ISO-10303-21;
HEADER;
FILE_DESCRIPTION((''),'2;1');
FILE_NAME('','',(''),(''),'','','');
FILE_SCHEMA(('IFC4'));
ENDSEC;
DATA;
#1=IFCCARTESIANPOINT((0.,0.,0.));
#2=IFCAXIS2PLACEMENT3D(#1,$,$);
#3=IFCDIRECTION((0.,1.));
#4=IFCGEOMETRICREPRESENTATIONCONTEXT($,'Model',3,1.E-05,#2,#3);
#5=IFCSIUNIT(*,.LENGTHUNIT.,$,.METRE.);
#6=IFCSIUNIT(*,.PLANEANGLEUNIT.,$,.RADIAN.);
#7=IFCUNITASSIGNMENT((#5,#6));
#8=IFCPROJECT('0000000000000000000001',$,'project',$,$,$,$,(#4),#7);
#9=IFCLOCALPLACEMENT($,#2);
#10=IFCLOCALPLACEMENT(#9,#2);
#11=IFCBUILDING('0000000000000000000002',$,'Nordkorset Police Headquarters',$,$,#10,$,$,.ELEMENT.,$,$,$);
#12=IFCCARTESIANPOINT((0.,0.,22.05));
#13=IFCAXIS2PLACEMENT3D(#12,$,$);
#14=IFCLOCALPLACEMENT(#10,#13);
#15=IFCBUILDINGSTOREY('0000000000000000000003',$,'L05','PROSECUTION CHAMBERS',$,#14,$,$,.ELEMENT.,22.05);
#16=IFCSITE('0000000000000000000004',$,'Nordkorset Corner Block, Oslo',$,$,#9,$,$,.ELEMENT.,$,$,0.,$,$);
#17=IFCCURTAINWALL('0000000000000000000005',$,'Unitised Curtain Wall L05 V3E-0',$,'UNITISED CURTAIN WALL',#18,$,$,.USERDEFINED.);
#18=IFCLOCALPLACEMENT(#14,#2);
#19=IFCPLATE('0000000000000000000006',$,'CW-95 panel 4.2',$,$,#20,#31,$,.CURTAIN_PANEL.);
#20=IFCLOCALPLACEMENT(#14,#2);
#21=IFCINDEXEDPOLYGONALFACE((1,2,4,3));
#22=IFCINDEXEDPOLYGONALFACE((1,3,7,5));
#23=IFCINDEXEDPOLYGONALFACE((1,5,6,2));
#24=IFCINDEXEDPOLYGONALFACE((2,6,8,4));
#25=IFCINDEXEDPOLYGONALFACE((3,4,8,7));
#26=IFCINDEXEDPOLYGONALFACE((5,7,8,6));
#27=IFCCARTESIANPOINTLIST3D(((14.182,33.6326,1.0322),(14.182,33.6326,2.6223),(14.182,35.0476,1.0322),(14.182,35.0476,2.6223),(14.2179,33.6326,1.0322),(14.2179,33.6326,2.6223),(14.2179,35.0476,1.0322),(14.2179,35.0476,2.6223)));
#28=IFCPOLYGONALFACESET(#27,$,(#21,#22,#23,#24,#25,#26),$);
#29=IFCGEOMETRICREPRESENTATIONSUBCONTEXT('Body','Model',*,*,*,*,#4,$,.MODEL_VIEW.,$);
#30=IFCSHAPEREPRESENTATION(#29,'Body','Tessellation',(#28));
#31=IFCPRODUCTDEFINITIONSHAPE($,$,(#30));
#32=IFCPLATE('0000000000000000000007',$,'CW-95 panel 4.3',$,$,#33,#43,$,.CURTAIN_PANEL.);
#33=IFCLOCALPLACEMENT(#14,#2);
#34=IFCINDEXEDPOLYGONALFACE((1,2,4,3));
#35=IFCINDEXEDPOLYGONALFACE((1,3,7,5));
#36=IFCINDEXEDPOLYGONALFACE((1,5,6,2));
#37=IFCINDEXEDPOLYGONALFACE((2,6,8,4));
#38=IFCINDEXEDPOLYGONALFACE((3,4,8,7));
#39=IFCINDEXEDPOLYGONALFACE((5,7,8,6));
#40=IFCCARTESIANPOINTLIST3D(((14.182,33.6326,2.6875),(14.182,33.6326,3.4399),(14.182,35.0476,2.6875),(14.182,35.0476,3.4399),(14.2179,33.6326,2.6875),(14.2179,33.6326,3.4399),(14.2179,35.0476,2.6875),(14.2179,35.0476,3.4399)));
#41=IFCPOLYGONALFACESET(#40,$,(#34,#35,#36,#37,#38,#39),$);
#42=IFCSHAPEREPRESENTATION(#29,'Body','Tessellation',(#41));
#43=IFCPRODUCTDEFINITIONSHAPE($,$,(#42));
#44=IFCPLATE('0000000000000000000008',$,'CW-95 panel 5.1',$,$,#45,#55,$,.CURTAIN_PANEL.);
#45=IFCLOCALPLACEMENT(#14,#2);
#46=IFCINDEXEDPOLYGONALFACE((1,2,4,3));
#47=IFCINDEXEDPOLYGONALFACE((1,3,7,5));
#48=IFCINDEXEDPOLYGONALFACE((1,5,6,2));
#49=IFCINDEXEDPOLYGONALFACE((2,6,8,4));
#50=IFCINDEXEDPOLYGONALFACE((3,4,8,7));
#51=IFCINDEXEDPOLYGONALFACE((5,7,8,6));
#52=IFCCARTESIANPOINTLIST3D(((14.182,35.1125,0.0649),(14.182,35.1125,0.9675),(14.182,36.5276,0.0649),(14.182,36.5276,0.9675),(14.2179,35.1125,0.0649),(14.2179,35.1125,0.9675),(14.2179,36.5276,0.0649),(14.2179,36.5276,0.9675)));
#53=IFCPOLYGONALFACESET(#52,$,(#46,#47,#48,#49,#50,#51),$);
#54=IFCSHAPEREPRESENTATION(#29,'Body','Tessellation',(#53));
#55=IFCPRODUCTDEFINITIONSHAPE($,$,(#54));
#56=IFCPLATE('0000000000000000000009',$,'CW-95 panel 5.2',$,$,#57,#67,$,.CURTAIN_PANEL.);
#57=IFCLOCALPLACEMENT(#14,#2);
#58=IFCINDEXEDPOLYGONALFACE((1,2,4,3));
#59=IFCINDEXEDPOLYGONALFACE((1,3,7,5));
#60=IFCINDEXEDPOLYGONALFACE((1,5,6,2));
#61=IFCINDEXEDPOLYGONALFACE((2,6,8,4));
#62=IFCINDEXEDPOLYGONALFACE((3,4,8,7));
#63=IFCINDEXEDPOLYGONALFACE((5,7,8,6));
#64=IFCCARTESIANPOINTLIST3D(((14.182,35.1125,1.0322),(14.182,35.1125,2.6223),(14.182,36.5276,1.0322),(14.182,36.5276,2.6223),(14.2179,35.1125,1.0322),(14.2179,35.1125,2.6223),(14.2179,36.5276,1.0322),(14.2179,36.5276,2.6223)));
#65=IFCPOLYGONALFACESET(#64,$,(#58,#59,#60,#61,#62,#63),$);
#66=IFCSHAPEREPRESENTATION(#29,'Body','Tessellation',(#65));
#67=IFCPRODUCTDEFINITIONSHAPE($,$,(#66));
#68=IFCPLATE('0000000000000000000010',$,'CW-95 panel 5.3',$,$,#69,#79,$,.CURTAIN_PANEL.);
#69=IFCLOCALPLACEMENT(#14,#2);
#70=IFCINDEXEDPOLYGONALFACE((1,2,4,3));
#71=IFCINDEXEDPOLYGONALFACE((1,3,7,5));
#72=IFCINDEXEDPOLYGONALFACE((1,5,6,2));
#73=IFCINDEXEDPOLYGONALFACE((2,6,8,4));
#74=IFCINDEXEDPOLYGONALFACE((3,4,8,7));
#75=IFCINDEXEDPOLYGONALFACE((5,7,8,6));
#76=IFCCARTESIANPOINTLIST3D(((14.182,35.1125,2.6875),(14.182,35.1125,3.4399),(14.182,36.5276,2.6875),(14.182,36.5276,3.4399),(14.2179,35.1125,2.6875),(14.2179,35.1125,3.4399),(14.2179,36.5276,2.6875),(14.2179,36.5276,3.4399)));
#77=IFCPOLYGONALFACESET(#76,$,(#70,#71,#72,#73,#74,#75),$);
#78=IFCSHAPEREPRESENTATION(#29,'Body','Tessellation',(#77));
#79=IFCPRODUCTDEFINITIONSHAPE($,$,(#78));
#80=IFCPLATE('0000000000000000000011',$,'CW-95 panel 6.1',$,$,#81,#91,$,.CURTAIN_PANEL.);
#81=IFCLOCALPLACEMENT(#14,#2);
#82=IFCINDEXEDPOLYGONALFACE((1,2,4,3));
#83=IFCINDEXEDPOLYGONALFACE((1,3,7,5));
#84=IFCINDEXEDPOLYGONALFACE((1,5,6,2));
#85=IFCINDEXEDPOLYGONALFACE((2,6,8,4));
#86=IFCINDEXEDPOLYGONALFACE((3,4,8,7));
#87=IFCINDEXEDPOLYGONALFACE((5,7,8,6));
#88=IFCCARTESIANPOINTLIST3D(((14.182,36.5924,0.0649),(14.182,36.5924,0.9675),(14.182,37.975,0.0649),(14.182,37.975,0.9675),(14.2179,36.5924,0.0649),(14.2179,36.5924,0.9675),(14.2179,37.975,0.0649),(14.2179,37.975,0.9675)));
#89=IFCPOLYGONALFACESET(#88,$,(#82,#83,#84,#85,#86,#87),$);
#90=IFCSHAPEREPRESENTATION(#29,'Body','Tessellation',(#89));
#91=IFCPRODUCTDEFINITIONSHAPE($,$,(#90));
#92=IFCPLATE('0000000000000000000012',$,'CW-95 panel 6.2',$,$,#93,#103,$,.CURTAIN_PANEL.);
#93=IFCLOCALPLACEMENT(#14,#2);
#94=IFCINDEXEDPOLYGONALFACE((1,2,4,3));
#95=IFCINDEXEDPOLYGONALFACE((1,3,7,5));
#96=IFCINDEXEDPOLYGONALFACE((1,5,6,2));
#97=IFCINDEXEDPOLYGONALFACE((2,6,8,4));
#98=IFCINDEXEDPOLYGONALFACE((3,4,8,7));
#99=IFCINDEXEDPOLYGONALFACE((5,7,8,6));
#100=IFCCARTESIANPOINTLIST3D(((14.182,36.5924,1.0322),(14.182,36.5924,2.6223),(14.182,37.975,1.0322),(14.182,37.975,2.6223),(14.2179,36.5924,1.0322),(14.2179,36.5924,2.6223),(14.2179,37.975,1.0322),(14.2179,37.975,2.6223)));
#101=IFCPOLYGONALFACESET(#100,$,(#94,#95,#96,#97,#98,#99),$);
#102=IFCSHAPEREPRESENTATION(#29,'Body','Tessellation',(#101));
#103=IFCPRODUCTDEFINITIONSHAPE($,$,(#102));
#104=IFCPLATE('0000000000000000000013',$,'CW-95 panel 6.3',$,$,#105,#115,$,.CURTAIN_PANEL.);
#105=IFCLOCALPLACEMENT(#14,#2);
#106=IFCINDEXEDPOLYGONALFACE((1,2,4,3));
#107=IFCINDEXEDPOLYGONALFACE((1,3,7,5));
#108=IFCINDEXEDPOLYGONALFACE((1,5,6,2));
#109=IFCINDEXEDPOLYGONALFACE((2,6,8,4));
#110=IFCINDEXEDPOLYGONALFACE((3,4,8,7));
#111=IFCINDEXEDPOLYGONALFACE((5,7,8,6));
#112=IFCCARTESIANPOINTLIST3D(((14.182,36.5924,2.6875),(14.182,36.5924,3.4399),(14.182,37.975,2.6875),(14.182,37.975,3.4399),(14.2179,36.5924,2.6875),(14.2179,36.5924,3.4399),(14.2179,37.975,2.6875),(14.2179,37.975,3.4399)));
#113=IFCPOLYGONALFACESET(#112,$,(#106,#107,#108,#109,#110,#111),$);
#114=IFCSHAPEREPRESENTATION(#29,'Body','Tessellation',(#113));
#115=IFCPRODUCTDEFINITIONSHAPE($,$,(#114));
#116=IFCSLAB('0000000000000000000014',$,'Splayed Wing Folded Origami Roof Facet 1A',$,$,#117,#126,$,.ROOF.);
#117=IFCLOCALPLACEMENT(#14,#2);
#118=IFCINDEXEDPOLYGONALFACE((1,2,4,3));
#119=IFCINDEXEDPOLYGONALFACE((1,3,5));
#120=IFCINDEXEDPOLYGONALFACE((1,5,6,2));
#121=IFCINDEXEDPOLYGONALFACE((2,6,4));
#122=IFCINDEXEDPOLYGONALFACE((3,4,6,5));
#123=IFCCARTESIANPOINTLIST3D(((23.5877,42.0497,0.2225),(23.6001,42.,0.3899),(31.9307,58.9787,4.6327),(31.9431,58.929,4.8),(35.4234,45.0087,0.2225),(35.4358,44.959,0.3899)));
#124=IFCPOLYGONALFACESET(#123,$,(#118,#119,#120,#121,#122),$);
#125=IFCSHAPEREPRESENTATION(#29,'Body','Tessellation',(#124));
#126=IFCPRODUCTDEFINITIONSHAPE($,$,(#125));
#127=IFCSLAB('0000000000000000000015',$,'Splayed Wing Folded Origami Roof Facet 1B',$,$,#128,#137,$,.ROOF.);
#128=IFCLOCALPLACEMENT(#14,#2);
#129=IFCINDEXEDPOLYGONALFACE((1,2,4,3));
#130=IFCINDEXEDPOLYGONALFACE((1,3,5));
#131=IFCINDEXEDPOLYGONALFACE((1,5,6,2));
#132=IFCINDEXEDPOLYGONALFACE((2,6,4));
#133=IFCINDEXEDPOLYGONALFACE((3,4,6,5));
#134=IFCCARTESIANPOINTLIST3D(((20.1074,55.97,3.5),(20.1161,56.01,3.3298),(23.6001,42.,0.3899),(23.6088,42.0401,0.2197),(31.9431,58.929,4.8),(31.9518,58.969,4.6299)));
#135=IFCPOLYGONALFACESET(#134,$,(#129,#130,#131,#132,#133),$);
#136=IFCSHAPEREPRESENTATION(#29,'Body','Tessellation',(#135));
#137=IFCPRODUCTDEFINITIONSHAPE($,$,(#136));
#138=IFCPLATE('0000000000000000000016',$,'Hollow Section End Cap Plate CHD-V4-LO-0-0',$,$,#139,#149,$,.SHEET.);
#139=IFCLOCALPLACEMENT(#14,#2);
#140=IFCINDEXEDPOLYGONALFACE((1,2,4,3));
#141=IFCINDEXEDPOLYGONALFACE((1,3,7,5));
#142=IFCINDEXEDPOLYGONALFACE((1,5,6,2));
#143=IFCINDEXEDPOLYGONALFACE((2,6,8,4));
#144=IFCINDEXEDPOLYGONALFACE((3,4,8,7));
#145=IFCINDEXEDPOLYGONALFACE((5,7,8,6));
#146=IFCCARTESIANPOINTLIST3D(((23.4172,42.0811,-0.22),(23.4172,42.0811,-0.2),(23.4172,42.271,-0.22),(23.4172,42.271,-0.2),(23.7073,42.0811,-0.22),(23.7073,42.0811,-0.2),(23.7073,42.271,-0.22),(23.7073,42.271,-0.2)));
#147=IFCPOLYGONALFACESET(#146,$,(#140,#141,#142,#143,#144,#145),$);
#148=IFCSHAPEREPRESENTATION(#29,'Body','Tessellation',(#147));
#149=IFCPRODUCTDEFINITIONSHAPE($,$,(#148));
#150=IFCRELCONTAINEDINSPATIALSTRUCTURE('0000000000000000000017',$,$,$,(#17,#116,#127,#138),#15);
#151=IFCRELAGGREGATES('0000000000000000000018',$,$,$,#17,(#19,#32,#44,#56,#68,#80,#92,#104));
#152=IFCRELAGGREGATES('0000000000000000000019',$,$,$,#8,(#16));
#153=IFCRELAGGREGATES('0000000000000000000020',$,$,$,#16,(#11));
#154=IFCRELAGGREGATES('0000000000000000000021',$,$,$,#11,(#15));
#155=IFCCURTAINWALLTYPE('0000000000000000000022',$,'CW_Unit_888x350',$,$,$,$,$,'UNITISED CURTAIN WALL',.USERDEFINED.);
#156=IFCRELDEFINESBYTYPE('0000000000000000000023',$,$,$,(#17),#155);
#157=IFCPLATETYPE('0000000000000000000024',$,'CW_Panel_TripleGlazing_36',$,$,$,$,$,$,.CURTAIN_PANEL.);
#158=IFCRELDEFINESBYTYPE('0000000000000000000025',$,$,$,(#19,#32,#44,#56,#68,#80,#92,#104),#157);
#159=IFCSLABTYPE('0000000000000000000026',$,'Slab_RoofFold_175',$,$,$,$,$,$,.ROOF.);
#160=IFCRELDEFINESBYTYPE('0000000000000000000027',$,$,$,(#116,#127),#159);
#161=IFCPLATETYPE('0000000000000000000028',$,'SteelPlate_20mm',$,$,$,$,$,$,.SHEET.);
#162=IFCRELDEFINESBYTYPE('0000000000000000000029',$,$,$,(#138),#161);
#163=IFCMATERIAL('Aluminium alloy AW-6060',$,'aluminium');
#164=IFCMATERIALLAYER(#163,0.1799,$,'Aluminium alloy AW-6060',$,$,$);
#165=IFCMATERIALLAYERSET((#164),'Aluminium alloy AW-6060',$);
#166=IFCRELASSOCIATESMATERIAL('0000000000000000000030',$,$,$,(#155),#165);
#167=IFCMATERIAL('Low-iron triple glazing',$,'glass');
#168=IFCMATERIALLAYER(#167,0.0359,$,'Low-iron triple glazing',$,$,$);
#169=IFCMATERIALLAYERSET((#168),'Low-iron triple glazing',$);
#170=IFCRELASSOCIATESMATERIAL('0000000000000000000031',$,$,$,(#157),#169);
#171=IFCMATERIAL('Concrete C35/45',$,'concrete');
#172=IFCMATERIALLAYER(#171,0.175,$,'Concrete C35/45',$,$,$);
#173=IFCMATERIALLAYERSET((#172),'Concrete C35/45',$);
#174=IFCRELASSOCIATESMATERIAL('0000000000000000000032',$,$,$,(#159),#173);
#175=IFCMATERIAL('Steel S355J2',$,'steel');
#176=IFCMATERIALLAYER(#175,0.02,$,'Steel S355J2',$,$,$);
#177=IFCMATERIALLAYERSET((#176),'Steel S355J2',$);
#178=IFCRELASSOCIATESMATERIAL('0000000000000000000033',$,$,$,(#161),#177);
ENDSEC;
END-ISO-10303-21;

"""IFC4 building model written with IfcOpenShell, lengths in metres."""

from ifc_helpers import new_model, si_unit, direction, frame, origin, origin_2d, place, context, subcontext, project, spatial, polyline, rectangle, outline, extrude, material, layer, layer_set, type_object, element, aggregate, save


model = new_model("IFC4")

# Units and contexts
model_context = context("Model", 3, precision=1e-05, world=origin(), true_north=direction((0.0, 1.0)))
body_context = subcontext(model_context, "Body", "Model", "MODEL_VIEW")
ifc_project = project(units=[si_unit("LENGTHUNIT", "METRE"), si_unit("PLANEANGLEUNIT", "RADIAN")], contexts=[model_context])

# Site, building, storey
site_placement = place(None, origin())
site = spatial("IfcSite", under=ifc_project, at=site_placement, Name="Nordkorset Corner Block, Oslo", CompositionType="ELEMENT", RefElevation=0.0)
building_placement = place(site_placement, origin())
building = spatial("IfcBuilding", under=site, at=building_placement, Name="Nordkorset Police Headquarters", CompositionType="ELEMENT")
storey_placement = place(building_placement, frame((0.0, 0.0, 22.05)))
storey = spatial("IfcBuildingStorey", under=building, at=storey_placement, Name="L05", Description="PROSECUTION CHAMBERS", CompositionType="ELEMENT", Elevation=22.05)

# Curtain wall
ifc_material_1 = material(Name="Aluminium alloy AW-6060", Category="aluminium")
ifc_layer_1 = layer(ifc_material_1, 0.1799, Name="Aluminium alloy AW-6060")
ifc_layer_set_1 = layer_set([ifc_layer_1], Name="Aluminium alloy AW-6060")
curtain_wall_type = type_object("IfcCurtainWallType", Name="CW_Unit_888x350", ElementType="UNITISED CURTAIN WALL", PredefinedType="USERDEFINED", material=ifc_layer_set_1)
curtain_wall_placement = place(storey_placement, origin())
curtain_wall = element("IfcCurtainWall", 1, at=curtain_wall_placement, inside=storey, type_object=curtain_wall_type, Name="Unitised Curtain Wall L05 V3E-0", ObjectType="UNITISED CURTAIN WALL", PredefinedType="USERDEFINED")

# Plates
ifc_material_2 = material(Name="Low-iron triple glazing", Category="glass")
ifc_layer_2 = layer(ifc_material_2, 0.0359, Name="Low-iron triple glazing")
ifc_layer_set_2 = layer_set([ifc_layer_2], Name="Low-iron triple glazing")
plate_type_1 = type_object("IfcPlateType", Name="CW_Panel_TripleGlazing_36", PredefinedType="CURTAIN_PANEL", material=ifc_layer_set_2)
plate_1_placement = place(storey_placement, frame((14.2, 34.3401, 1.0322), z_axis=(0.0, 0.0, 1.0), x_axis=(0.0, 1.0, 0.0)))
plate_1 = element("IfcPlate", 2, at=plate_1_placement, type_object=plate_type_1, Name="CW-95 panel 4.2", PredefinedType="CURTAIN_PANEL", context=body_context, shape_type="SweptSolid", body=[
    extrude(rectangle(XDim=1.415, YDim=0.0359, at=origin_2d()), origin(), (0.0, 0.0, 1.0), 1.5901),
])
plate_2_placement = place(storey_placement, frame((14.2, 34.3401, 2.6875), z_axis=(0.0, 0.0, 1.0), x_axis=(0.0, 1.0, 0.0)))
plate_2 = element("IfcPlate", 3, at=plate_2_placement, type_object=plate_type_1, Name="CW-95 panel 4.3", PredefinedType="CURTAIN_PANEL", context=body_context, shape_type="SweptSolid", body=[
    extrude(rectangle(XDim=1.415, YDim=0.0359, at=origin_2d()), origin(), (0.0, 0.0, 1.0), 0.7524),
])
plate_3_placement = place(storey_placement, frame((14.2, 35.8201, 0.0649), z_axis=(0.0, 0.0, 1.0), x_axis=(0.0, 1.0, 0.0)))
plate_3 = element("IfcPlate", 4, at=plate_3_placement, type_object=plate_type_1, Name="CW-95 panel 5.1", PredefinedType="CURTAIN_PANEL", context=body_context, shape_type="SweptSolid", body=[
    extrude(rectangle(XDim=1.415, YDim=0.0359, at=origin_2d()), origin(), (0.0, 0.0, 1.0), 0.9026),
])
plate_4_placement = place(storey_placement, frame((14.2, 35.8201, 1.0322), z_axis=(0.0, 0.0, 1.0), x_axis=(0.0, 1.0, 0.0)))
plate_4 = element("IfcPlate", 5, at=plate_4_placement, type_object=plate_type_1, Name="CW-95 panel 5.2", PredefinedType="CURTAIN_PANEL", context=body_context, shape_type="SweptSolid", body=[
    extrude(rectangle(XDim=1.415, YDim=0.0359, at=origin_2d()), origin(), (0.0, 0.0, 1.0), 1.5901),
])
plate_5_placement = place(storey_placement, frame((14.2, 35.8201, 2.6875), z_axis=(0.0, 0.0, 1.0), x_axis=(0.0, 1.0, 0.0)))
plate_5 = element("IfcPlate", 6, at=plate_5_placement, type_object=plate_type_1, Name="CW-95 panel 5.3", PredefinedType="CURTAIN_PANEL", context=body_context, shape_type="SweptSolid", body=[
    extrude(rectangle(XDim=1.415, YDim=0.0359, at=origin_2d()), origin(), (0.0, 0.0, 1.0), 0.7524),
])
plate_6_placement = place(storey_placement, frame((14.2, 37.2837, 0.0649), z_axis=(0.0, 0.0, 1.0), x_axis=(0.0, 1.0, 0.0)))
plate_6 = element("IfcPlate", 7, at=plate_6_placement, type_object=plate_type_1, Name="CW-95 panel 6.1", PredefinedType="CURTAIN_PANEL", context=body_context, shape_type="SweptSolid", body=[
    extrude(rectangle(XDim=1.3826, YDim=0.0359, at=origin_2d()), origin(), (0.0, 0.0, 1.0), 0.9026),
])
plate_7_placement = place(storey_placement, frame((14.2, 37.2837, 1.0322), z_axis=(0.0, 0.0, 1.0), x_axis=(0.0, 1.0, 0.0)))
plate_7 = element("IfcPlate", 8, at=plate_7_placement, type_object=plate_type_1, Name="CW-95 panel 6.2", PredefinedType="CURTAIN_PANEL", context=body_context, shape_type="SweptSolid", body=[
    extrude(rectangle(XDim=1.3826, YDim=0.0359, at=origin_2d()), origin(), (0.0, 0.0, 1.0), 1.5901),
])
plate_8_placement = place(storey_placement, frame((14.2, 37.2837, 2.6875), z_axis=(0.0, 0.0, 1.0), x_axis=(0.0, 1.0, 0.0)))
plate_8 = element("IfcPlate", 9, at=plate_8_placement, type_object=plate_type_1, Name="CW-95 panel 6.3", PredefinedType="CURTAIN_PANEL", context=body_context, shape_type="SweptSolid", body=[
    extrude(rectangle(XDim=1.3826, YDim=0.0359, at=origin_2d()), origin(), (0.0, 0.0, 1.0), 0.7524),
])
aggregate(curtain_wall, [plate_1, plate_2, plate_3, plate_4, plate_5, plate_6, plate_7, plate_8])

# Slabs
ifc_material_3 = material(Name="Concrete C35/45", Category="concrete")
ifc_layer_3 = layer(ifc_material_3, 0.175, Name="Concrete C35/45")
ifc_layer_set_3 = layer_set([ifc_layer_3], Name="Concrete C35/45")
slab_type = type_object("IfcSlabType", Name="Slab_RoofFold_175", PredefinedType="ROOF", material=ifc_layer_set_3)
slab_1_placement = place(storey_placement, frame((23.6001, 42.0, 0.3899), z_axis=(0.071025, -0.284092, 0.956163), x_axis=(0.970141, 0.24254, 0.0)))
element("IfcSlab", 10, at=slab_1_placement, inside=storey, type_object=slab_type, Name="Splayed Wing Folded Origami Roof Facet 1A", PredefinedType="ROOF", context=body_context, shape_type="SweptSolid", body=[
    extrude(outline(polyline([(0.0, 0.0), (12.2, 0.0), (12.1999, 15.0602), (0.0, 0.0)])), origin(), (0.0, 0.0, -1.0), 0.175),
])
slab_2_placement = place(storey_placement, frame((23.6001, 42.0, 0.3899), z_axis=(-0.049578, -0.228835, 0.972202), x_axis=(0.430462, 0.873457, 0.227544)))
element("IfcSlab", 11, at=slab_2_placement, inside=storey, type_object=slab_type, Name="Splayed Wing Folded Origami Roof Facet 1B", PredefinedType="ROOF", context=body_context, shape_type="SweptSolid", body=[
    extrude(outline(polyline([(0.0, 0.0), (19.3816, 0.0), (11.4064, 9.3234), (0.0, 0.0)])), origin(), (0.0, 0.0, -1.0), 0.175),
])

# Plate
ifc_material_4 = material(Name="Steel S355J2", Category="steel")
ifc_layer_4 = layer(ifc_material_4, 0.02, Name="Steel S355J2")
ifc_layer_set_4 = layer_set([ifc_layer_4], Name="Steel S355J2")
plate_type_2 = type_object("IfcPlateType", Name="SteelPlate_20mm", PredefinedType="SHEET", material=ifc_layer_set_4)
plate_9_placement = place(storey_placement, frame((23.5623, 42.176, -0.22), z_axis=(0.0, 0.0, 1.0), x_axis=(1.0, 0.0, 0.0)))
element("IfcPlate", 12, at=plate_9_placement, inside=storey, type_object=plate_type_2, Name="Hollow Section End Cap Plate CHD-V4-LO-0-0", PredefinedType="SHEET", context=body_context, shape_type="SweptSolid", body=[
    extrude(rectangle(XDim=0.29, YDim=0.1899, at=origin_2d()), origin(), (0.0, 0.0, 1.0), 0.02),
])

save(model, "model.ifc")
